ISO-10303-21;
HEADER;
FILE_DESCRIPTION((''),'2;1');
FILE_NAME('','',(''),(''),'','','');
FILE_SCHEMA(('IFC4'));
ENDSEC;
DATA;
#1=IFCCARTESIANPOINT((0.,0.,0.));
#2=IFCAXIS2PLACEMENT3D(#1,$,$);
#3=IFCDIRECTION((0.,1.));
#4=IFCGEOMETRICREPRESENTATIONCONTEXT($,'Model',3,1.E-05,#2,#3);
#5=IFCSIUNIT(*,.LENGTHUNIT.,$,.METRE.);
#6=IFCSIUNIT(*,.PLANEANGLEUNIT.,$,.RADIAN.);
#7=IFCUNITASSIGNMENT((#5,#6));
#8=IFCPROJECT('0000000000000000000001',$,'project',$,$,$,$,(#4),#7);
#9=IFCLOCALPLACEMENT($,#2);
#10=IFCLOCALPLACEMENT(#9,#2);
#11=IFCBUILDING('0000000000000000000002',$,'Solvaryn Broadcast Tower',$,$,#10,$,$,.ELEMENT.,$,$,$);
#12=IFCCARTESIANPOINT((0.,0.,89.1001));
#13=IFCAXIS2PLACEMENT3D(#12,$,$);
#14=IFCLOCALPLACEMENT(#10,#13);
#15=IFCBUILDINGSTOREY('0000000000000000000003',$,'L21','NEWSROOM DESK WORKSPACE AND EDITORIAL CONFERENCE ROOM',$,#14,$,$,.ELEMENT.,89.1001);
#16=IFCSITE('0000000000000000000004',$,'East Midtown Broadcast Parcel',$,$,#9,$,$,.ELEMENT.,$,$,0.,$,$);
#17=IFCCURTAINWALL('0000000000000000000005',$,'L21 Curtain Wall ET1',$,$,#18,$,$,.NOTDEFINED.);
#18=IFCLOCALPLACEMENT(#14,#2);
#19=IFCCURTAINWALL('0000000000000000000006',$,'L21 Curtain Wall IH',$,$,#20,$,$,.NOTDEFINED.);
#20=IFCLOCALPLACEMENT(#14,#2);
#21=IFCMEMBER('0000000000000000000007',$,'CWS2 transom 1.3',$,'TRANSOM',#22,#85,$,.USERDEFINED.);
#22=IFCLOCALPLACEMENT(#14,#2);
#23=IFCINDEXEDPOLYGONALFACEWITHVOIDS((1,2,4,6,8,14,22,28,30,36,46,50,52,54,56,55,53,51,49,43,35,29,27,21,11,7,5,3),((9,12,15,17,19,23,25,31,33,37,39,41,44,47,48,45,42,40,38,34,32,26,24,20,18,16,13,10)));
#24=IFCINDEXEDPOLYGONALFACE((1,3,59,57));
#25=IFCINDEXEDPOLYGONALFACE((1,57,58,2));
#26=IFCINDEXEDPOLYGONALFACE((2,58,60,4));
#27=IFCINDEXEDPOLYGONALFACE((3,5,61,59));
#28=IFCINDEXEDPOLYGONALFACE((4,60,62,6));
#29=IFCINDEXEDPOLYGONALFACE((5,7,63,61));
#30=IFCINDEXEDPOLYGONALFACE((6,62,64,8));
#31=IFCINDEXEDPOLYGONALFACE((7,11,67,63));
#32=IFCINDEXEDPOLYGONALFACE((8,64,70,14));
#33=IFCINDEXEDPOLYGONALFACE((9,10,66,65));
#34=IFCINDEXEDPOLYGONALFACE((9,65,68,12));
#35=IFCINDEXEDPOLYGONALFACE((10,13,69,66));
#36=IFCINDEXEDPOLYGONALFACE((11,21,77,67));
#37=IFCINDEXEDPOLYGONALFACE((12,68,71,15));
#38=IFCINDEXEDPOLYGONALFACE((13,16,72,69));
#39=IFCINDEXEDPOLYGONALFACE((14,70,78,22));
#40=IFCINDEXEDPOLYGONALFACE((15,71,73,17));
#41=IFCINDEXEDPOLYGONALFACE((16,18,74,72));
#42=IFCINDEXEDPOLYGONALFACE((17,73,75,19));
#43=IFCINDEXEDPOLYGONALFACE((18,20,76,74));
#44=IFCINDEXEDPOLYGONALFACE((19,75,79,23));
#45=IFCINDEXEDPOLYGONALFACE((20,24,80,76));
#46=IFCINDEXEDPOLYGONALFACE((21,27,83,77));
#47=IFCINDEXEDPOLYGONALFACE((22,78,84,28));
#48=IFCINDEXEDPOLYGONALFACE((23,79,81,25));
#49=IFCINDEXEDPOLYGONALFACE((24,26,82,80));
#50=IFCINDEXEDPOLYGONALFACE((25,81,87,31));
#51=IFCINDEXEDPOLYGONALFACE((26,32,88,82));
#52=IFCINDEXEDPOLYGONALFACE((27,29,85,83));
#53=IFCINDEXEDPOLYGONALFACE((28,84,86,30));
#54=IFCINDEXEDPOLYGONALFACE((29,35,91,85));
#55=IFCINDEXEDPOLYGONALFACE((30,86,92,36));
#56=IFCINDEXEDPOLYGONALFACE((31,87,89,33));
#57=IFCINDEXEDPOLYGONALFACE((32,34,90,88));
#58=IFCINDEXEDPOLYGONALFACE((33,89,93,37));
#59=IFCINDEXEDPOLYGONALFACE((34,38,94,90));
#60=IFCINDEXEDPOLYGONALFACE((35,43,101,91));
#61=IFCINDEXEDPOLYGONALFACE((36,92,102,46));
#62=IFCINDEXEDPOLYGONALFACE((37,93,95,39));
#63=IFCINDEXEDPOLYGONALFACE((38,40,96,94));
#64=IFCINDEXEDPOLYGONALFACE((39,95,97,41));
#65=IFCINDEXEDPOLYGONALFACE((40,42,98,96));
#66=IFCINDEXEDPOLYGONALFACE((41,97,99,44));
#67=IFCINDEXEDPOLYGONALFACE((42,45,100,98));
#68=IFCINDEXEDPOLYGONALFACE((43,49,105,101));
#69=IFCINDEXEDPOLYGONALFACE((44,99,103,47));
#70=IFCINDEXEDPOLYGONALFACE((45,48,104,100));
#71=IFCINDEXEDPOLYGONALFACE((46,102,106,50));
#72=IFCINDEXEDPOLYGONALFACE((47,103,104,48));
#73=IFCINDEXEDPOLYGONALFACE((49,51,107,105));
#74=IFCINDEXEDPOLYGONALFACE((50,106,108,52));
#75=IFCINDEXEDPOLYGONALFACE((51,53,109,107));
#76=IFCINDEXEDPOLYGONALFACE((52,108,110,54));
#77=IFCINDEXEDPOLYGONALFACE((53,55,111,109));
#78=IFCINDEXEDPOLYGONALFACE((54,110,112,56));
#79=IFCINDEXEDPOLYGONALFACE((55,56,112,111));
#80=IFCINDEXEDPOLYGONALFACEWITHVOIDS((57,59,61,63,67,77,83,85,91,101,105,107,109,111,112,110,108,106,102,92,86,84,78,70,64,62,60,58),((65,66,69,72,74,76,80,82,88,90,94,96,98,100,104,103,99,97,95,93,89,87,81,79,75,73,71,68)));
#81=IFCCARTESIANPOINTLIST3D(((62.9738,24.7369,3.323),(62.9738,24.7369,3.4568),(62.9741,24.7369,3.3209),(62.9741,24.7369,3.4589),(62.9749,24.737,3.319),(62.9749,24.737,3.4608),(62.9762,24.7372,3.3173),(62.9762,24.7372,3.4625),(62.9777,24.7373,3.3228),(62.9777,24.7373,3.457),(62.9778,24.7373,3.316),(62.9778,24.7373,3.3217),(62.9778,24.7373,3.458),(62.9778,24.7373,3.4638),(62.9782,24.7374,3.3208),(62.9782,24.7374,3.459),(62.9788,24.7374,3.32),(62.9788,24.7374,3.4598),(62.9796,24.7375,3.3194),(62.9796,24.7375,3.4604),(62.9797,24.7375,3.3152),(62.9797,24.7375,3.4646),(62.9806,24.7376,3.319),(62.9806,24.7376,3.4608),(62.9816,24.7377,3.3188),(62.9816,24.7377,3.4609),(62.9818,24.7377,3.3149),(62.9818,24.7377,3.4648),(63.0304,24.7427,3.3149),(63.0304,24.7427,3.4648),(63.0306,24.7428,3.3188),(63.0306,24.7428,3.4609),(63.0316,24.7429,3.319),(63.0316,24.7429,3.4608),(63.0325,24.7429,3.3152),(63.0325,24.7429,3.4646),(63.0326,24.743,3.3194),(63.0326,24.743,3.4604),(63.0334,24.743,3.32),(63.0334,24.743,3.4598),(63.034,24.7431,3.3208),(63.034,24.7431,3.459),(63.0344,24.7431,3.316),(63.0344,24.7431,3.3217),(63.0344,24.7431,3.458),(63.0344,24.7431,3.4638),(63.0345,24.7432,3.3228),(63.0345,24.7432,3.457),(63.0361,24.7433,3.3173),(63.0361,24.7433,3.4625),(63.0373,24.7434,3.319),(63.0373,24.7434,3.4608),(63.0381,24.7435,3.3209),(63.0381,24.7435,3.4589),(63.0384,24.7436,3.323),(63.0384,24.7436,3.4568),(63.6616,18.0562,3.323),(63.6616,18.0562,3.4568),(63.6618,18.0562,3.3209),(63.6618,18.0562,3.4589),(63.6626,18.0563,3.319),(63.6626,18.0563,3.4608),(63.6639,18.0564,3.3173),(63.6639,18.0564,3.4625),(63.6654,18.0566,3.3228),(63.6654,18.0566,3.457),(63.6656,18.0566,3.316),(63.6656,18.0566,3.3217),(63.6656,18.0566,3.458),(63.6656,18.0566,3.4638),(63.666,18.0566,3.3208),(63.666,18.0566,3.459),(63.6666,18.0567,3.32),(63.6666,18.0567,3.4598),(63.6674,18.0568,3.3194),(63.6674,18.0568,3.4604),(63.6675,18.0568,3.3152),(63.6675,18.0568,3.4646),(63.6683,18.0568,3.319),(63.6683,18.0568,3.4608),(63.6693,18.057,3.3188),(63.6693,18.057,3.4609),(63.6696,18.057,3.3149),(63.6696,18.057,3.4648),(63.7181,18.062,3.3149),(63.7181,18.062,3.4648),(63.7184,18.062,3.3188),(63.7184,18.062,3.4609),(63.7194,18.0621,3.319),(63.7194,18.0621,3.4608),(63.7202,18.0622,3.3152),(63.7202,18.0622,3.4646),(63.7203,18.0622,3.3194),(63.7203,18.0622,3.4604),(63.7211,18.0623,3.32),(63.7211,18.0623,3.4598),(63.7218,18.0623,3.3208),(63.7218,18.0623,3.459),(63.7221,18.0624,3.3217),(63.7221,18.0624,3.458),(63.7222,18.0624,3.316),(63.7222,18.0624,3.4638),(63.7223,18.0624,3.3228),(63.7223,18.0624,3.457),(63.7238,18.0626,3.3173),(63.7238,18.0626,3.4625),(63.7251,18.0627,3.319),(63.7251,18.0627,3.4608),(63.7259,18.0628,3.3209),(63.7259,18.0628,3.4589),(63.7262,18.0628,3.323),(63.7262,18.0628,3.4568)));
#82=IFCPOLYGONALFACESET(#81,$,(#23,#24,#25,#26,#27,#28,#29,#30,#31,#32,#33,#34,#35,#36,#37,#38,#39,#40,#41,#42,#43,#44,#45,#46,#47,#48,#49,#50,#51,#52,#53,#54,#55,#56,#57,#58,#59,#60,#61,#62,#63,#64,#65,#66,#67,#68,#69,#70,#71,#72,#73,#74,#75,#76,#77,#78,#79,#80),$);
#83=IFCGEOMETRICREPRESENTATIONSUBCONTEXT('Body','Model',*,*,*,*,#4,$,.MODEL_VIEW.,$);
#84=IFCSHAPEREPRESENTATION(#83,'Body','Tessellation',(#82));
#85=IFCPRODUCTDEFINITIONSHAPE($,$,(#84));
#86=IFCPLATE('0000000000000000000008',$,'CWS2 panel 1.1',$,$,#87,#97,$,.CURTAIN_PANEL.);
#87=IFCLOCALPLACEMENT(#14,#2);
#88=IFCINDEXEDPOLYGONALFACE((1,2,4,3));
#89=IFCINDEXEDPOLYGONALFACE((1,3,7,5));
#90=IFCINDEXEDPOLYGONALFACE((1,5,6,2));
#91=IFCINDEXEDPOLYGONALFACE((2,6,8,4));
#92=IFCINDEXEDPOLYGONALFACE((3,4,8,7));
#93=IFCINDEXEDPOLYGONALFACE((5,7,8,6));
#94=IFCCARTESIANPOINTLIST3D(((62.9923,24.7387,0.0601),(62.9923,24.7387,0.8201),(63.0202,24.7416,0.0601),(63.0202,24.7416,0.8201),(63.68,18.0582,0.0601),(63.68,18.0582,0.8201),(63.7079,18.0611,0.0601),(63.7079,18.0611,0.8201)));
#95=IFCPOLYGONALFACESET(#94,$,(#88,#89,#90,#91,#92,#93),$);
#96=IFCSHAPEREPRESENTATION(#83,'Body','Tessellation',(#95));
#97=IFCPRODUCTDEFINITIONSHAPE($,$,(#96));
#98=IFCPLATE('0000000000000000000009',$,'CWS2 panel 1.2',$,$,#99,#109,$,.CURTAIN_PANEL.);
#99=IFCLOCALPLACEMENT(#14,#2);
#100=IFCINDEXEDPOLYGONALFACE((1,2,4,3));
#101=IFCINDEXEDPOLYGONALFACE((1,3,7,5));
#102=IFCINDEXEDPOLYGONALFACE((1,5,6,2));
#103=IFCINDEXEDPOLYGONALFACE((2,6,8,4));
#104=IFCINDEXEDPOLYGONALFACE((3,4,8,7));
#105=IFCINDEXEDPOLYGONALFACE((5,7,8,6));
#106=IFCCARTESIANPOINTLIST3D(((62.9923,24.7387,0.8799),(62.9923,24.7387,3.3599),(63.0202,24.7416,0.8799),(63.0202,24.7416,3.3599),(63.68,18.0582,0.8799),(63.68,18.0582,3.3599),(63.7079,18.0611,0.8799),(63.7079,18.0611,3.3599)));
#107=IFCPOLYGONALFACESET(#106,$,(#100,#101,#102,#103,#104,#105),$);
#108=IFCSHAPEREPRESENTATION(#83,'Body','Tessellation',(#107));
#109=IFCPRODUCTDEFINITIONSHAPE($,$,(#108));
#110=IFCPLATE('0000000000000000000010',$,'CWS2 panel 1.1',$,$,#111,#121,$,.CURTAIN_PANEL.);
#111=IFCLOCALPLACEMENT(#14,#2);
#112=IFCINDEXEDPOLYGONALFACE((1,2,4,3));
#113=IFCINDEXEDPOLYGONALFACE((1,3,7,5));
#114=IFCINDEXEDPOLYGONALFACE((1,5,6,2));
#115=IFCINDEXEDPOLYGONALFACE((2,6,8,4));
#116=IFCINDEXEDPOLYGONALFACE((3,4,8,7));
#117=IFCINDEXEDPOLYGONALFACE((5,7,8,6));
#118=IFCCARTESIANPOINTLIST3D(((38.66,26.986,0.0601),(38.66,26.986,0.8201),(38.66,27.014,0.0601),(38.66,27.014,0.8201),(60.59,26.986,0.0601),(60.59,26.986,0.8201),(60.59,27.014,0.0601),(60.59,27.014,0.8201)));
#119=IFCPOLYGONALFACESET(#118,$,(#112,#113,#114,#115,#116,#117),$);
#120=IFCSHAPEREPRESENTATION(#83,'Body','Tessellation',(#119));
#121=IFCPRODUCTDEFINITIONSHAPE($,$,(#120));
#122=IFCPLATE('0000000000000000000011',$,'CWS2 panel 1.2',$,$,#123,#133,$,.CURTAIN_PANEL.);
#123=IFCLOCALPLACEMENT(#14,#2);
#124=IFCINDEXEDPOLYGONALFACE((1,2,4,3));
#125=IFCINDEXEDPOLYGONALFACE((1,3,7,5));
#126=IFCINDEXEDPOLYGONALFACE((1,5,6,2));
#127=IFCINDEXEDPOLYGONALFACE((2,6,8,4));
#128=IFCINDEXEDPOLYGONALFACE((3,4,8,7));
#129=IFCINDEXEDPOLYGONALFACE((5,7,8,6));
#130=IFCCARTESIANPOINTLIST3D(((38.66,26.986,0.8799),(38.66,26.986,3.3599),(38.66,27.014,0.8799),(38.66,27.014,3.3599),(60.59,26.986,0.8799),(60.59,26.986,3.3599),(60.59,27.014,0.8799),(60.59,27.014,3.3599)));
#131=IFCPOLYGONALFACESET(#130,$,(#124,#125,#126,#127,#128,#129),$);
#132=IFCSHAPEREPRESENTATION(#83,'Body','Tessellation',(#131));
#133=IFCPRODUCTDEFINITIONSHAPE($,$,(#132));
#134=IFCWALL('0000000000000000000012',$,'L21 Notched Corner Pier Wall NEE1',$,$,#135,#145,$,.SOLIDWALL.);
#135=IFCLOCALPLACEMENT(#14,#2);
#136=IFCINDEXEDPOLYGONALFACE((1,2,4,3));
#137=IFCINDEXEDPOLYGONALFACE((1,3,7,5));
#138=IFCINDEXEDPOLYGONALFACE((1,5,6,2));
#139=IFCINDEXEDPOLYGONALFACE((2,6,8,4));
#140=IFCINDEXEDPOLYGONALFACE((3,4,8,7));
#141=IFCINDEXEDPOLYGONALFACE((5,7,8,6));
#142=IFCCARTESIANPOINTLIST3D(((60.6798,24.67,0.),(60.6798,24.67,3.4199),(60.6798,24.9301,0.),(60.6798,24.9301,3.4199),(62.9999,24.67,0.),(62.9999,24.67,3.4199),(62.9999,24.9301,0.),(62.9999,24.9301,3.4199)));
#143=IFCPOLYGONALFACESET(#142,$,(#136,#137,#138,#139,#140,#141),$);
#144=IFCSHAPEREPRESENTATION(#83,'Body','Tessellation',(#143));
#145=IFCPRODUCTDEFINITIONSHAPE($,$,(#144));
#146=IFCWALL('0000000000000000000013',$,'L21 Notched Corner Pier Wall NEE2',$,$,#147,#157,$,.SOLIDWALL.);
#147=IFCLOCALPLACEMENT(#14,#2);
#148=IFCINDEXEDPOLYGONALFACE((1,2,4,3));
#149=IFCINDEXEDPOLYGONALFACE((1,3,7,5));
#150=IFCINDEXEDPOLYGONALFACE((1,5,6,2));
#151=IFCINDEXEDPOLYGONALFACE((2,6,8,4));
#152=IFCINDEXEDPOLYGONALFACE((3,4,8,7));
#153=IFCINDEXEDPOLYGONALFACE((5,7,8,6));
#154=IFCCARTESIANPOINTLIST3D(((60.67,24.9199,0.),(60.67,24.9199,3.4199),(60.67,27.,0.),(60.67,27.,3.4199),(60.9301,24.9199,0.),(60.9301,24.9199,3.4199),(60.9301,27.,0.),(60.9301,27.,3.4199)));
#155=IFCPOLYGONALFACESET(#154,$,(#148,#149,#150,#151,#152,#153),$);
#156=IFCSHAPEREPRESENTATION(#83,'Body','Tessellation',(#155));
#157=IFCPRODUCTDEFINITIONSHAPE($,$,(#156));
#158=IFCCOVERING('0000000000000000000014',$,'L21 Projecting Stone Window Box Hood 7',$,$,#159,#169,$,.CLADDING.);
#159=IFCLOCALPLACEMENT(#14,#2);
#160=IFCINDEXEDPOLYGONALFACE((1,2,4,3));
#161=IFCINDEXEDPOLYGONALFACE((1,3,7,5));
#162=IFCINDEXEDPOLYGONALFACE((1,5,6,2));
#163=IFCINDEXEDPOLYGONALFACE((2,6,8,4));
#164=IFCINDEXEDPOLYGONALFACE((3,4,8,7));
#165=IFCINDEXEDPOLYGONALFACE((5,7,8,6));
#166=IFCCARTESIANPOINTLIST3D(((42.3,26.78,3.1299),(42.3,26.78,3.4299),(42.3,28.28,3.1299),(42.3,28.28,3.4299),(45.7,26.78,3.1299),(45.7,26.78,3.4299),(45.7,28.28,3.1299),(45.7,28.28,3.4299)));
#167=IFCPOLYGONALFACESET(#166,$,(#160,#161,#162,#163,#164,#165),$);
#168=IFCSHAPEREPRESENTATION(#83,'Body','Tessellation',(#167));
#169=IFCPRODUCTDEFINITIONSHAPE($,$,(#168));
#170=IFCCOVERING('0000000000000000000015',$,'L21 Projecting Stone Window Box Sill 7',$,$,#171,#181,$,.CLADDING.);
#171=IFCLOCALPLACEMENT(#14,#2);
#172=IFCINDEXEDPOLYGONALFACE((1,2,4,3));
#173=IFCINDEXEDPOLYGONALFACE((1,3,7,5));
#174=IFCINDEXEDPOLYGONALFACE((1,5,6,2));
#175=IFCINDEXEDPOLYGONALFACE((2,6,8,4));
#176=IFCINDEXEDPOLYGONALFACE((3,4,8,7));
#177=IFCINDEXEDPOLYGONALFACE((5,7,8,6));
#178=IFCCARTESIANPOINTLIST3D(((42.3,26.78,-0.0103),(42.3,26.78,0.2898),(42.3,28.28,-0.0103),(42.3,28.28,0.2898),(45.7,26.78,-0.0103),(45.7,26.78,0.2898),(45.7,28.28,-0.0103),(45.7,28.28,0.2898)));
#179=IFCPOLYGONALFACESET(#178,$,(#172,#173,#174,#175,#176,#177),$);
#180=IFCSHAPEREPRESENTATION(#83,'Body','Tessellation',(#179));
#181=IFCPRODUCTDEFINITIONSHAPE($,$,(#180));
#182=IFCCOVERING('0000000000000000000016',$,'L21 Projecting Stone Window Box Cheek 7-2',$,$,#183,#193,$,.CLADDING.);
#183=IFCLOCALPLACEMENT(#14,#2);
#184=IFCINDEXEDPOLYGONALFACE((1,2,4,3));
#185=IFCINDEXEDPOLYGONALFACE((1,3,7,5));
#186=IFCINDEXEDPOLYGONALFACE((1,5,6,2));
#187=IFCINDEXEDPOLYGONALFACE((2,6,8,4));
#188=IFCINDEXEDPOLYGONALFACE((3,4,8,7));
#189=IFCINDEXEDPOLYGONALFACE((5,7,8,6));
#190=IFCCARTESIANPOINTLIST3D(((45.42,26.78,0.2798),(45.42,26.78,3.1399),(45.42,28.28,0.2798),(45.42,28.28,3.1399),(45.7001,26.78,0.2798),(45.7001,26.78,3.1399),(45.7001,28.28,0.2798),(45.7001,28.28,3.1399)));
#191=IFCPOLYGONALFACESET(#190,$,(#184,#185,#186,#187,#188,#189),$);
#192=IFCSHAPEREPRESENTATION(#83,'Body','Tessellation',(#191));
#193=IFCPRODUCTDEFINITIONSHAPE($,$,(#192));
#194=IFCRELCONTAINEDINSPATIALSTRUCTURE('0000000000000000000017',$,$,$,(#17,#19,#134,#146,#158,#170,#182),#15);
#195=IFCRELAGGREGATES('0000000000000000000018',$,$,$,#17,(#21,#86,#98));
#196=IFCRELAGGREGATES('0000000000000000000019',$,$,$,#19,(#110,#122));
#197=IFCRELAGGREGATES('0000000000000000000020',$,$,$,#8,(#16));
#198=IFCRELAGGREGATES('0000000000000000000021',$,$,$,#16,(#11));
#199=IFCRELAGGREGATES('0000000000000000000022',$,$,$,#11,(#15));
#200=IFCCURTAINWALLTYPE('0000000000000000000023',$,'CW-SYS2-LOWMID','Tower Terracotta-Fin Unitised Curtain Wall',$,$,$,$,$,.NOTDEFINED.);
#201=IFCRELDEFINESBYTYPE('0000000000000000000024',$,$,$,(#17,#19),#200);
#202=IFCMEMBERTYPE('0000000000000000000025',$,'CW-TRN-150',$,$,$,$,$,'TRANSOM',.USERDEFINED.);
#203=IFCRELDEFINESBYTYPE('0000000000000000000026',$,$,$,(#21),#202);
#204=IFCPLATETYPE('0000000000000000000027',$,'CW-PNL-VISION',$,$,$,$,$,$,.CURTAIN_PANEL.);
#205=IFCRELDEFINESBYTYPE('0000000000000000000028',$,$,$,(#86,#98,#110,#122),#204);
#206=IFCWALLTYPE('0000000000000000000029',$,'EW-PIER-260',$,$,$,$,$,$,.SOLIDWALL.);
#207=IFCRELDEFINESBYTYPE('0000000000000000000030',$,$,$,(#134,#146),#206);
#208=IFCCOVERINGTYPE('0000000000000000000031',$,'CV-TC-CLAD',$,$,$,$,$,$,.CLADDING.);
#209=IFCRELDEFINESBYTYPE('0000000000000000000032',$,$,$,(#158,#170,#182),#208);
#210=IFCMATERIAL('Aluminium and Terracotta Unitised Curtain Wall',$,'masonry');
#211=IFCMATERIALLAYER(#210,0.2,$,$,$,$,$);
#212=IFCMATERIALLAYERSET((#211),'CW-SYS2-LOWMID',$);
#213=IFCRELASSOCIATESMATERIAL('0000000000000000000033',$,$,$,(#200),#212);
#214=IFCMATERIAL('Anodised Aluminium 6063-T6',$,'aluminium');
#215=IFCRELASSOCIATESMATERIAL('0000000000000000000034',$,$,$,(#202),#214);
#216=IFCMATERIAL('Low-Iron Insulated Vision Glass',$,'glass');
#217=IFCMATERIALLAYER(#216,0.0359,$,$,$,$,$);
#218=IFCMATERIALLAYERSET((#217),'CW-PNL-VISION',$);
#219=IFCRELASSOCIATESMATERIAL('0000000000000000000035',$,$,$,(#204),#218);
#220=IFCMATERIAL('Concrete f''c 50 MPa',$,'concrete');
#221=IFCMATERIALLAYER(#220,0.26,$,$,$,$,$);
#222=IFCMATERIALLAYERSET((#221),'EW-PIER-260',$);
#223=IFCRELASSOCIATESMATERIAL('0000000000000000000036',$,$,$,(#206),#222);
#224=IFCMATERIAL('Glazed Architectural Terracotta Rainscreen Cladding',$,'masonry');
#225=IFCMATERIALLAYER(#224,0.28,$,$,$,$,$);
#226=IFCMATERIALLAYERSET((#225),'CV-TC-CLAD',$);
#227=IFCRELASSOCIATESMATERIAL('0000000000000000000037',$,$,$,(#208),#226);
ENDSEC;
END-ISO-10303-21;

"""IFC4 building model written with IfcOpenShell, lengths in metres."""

from ifc_helpers import new_model, si_unit, direction, frame, frame_2d, origin, origin_2d, place, context, subcontext, project, spatial, rectangle, hollow_rectangle, extrude, material, layer, layer_set, material_profile, profile_set, type_object, element, aggregate, save


model = new_model("IFC4")

# Units and contexts
model_context = context("Model", 3, precision=1e-05, world=origin(), true_north=direction((0.0, 1.0)))
body_context = subcontext(model_context, "Body", "Model", "MODEL_VIEW")
ifc_project = project(units=[si_unit("LENGTHUNIT", "METRE"), si_unit("PLANEANGLEUNIT", "RADIAN")], contexts=[model_context])

# Site, building, storey
site_placement = place(None, origin())
site = spatial("IfcSite", under=ifc_project, at=site_placement, Name="East Midtown Broadcast Parcel", CompositionType="ELEMENT", RefElevation=0.0)
building_placement = place(site_placement, origin())
building = spatial("IfcBuilding", under=site, at=building_placement, Name="Solvaryn Broadcast Tower", CompositionType="ELEMENT")
storey_placement = place(building_placement, frame((0.0, 0.0, 89.1001)))
storey = spatial("IfcBuildingStorey", under=building, at=storey_placement, Name="L21", Description="NEWSROOM DESK WORKSPACE AND EDITORIAL CONFERENCE ROOM", CompositionType="ELEMENT", Elevation=89.1001)

# Curtain walls
ifc_material_1 = material(Name="Aluminium and Terracotta Unitised Curtain Wall", Category="masonry")
ifc_layer_1 = layer(ifc_material_1, 0.2)
ifc_layer_set_1 = layer_set([ifc_layer_1], Name="CW-SYS2-LOWMID")
curtain_wall_type = type_object("IfcCurtainWallType", Name="CW-SYS2-LOWMID", Description="Tower Terracotta-Fin Unitised Curtain Wall", PredefinedType="NOTDEFINED", material=ifc_layer_set_1)
curtain_wall_1_placement = place(storey_placement, origin())
curtain_wall_1 = element("IfcCurtainWall", 1, at=curtain_wall_1_placement, inside=storey, type_object=curtain_wall_type, Name="L21 Curtain Wall ET1", PredefinedType="NOTDEFINED")
curtain_wall_2_placement = place(storey_placement, origin())
curtain_wall_2 = element("IfcCurtainWall", 2, at=curtain_wall_2_placement, inside=storey, type_object=curtain_wall_type, Name="L21 Curtain Wall IH", PredefinedType="NOTDEFINED")

# Member
ifc_material_2 = material(Name="Anodised Aluminium 6063-T6", Category="aluminium")
ifc_material_profile_1 = material_profile(ifc_material_2, hollow_rectangle(XDim=0.0649, YDim=0.1499, WallThickness=0.0039, InnerFilletRadius=0.0039, OuterFilletRadius=0.0081, at=origin_2d()))
ifc_profile_set_1 = profile_set([ifc_material_profile_1], Name="Anodised Aluminium 6063-T6")
member_type_1 = type_object("IfcMemberType", Name="CW-TRN-150", ElementType="TRANSOM", PredefinedType="USERDEFINED", material=ifc_profile_set_1)
member_1_placement = place(storey_placement, frame((63.0061, 24.7402, 3.3899), z_axis=(0.102404, -0.994743, 0.0), x_axis=(0.994743, 0.102404, 0.0)))
member_1 = element("IfcMember", 3, at=member_1_placement, type_object=member_type_1, Name="CWS2 transom 1.3", ObjectType="TRANSOM", PredefinedType="USERDEFINED", context=body_context, shape_type="SweptSolid", body=[
    extrude(hollow_rectangle(XDim=0.0649, YDim=0.1499, WallThickness=0.0039, InnerFilletRadius=0.0039, OuterFilletRadius=0.0081, at=origin_2d()), origin(), (0.0, 0.0, 1.0), 6.7161),
])

# Plates
ifc_material_3 = material(Name="Low-Iron Insulated Vision Glass", Category="glass")
ifc_layer_2 = layer(ifc_material_3, 0.0359)
ifc_layer_set_2 = layer_set([ifc_layer_2], Name="CW-PNL-VISION")
plate_type = type_object("IfcPlateType", Name="CW-PNL-VISION", PredefinedType="CURTAIN_PANEL", material=ifc_layer_set_2)
plate_1_placement = place(storey_placement, frame((63.3501, 21.3999, 0.0601), z_axis=(0.0, 0.0, 1.0), x_axis=(0.1024, -0.994743, 0.0)))
plate_1 = element("IfcPlate", 4, at=plate_1_placement, type_object=plate_type, Name="CWS2 panel 1.1", PredefinedType="CURTAIN_PANEL", context=body_context, shape_type="SweptSolid", body=[
    extrude(rectangle(XDim=6.7158, YDim=0.0281, at=origin_2d()), origin(), (0.0, 0.0, 1.0), 0.76),
])
plate_2_placement = place(storey_placement, frame((63.3501, 21.3999, 0.8799), z_axis=(0.0, 0.0, 1.0), x_axis=(0.1024, -0.994743, 0.0)))
plate_2 = element("IfcPlate", 5, at=plate_2_placement, type_object=plate_type, Name="CWS2 panel 1.2", PredefinedType="CURTAIN_PANEL", context=body_context, shape_type="SweptSolid", body=[
    extrude(rectangle(XDim=6.7158, YDim=0.0281, at=origin_2d()), origin(), (0.0, 0.0, 1.0), 2.48),
])
aggregate(curtain_wall_1, [member_1, plate_1, plate_2])
plate_3_placement = place(storey_placement, frame((49.625, 27.0, 0.0601), z_axis=(0.0, 0.0, 1.0), x_axis=(1.0, 0.0, 0.0)))
plate_3 = element("IfcPlate", 6, at=plate_3_placement, type_object=plate_type, Name="CWS2 panel 1.1", PredefinedType="CURTAIN_PANEL", context=body_context, shape_type="SweptSolid", body=[
    extrude(rectangle(XDim=21.9299, YDim=0.0281, at=origin_2d()), origin(), (0.0, 0.0, 1.0), 0.76),
])
plate_4_placement = place(storey_placement, frame((49.625, 27.0, 0.8799), z_axis=(0.0, 0.0, 1.0), x_axis=(1.0, 0.0, 0.0)))
plate_4 = element("IfcPlate", 7, at=plate_4_placement, type_object=plate_type, Name="CWS2 panel 1.2", PredefinedType="CURTAIN_PANEL", context=body_context, shape_type="SweptSolid", body=[
    extrude(rectangle(XDim=21.9299, YDim=0.0281, at=origin_2d()), origin(), (0.0, 0.0, 1.0), 2.48),
])
aggregate(curtain_wall_2, [plate_3, plate_4])

# Walls
ifc_material_4 = material(Name="Concrete f'c 50 MPa", Category="concrete")
ifc_layer_3 = layer(ifc_material_4, 0.26)
ifc_layer_set_3 = layer_set([ifc_layer_3], Name="EW-PIER-260")
wall_type_1 = type_object("IfcWallType", Name="EW-PIER-260", PredefinedType="SOLIDWALL", material=ifc_layer_set_3)
wall_1_placement = place(storey_placement, frame((63.0, 24.8, 0.0), z_axis=(0.0, 0.0, 1.0), x_axis=(-1.0, 0.0, 0.0)))
element("IfcWall", 8, at=wall_1_placement, inside=storey, type_object=wall_type_1, Name="L21 Notched Corner Pier Wall NEE1", PredefinedType="SOLIDWALL", context=body_context, shape_type="SweptSolid", body=[
    extrude(rectangle(XDim=2.3201, YDim=0.26, at=frame_2d((1.1602, 0.0))), origin(), (0.0, 0.0, 1.0), 3.4199),
])
wall_2_placement = place(storey_placement, frame((60.8, 24.9199, 0.0), z_axis=(0.0, 0.0, 1.0), x_axis=(0.0, 1.0, 0.0)))
element("IfcWall", 9, at=wall_2_placement, inside=storey, type_object=wall_type_1, Name="L21 Notched Corner Pier Wall NEE2", PredefinedType="SOLIDWALL", context=body_context, shape_type="SweptSolid", body=[
    extrude(rectangle(XDim=2.0801, YDim=0.26, at=frame_2d((1.04, 0.0))), origin(), (0.0, 0.0, 1.0), 3.4199),
])

# Coverings
ifc_material_5 = material(Name="Glazed Architectural Terracotta Rainscreen Cladding", Category="masonry")
ifc_layer_4 = layer(ifc_material_5, 0.28)
ifc_layer_set_4 = layer_set([ifc_layer_4], Name="CV-TC-CLAD")
covering_type_1 = type_object("IfcCoveringType", Name="CV-TC-CLAD", PredefinedType="CLADDING", material=ifc_layer_set_4)
for number, where, z_axis, x_axis, name in (
    (10, (44.0, 27.53, 3.1299), (0.0, 0.0, 1.0), (1.0, 0.0, 0.0), "L21 Projecting Stone Window Box Hood 7"),
    (11, (44.0, 27.53, -0.0103), (0.0, 0.0, 1.0), (1.0, 0.0, 0.0), "L21 Projecting Stone Window Box Sill 7"),
):
    element("IfcCovering", number, at=place(storey_placement, frame(where, z_axis=z_axis, x_axis=x_axis)), inside=storey, type_object=covering_type_1, Name=name, PredefinedType="CLADDING", context=body_context, shape_type="SweptSolid", body=[
        extrude(rectangle(XDim=3.3999, YDim=1.5, at=origin_2d()), origin(), (0.0, 0.0, 1.0), 0.3),
    ])
covering_1_placement = place(storey_placement, frame((45.5601, 27.53, 0.2798), z_axis=(0.0, 0.0, 1.0), x_axis=(1.0, 0.0, 0.0)))
element("IfcCovering", 12, at=covering_1_placement, inside=storey, type_object=covering_type_1, Name="L21 Projecting Stone Window Box Cheek 7-2", PredefinedType="CLADDING", context=body_context, shape_type="SweptSolid", body=[
    extrude(rectangle(XDim=0.28, YDim=1.5, at=origin_2d()), origin(), (0.0, 0.0, 1.0), 2.8601),
])

save(model, "model.ifc")
